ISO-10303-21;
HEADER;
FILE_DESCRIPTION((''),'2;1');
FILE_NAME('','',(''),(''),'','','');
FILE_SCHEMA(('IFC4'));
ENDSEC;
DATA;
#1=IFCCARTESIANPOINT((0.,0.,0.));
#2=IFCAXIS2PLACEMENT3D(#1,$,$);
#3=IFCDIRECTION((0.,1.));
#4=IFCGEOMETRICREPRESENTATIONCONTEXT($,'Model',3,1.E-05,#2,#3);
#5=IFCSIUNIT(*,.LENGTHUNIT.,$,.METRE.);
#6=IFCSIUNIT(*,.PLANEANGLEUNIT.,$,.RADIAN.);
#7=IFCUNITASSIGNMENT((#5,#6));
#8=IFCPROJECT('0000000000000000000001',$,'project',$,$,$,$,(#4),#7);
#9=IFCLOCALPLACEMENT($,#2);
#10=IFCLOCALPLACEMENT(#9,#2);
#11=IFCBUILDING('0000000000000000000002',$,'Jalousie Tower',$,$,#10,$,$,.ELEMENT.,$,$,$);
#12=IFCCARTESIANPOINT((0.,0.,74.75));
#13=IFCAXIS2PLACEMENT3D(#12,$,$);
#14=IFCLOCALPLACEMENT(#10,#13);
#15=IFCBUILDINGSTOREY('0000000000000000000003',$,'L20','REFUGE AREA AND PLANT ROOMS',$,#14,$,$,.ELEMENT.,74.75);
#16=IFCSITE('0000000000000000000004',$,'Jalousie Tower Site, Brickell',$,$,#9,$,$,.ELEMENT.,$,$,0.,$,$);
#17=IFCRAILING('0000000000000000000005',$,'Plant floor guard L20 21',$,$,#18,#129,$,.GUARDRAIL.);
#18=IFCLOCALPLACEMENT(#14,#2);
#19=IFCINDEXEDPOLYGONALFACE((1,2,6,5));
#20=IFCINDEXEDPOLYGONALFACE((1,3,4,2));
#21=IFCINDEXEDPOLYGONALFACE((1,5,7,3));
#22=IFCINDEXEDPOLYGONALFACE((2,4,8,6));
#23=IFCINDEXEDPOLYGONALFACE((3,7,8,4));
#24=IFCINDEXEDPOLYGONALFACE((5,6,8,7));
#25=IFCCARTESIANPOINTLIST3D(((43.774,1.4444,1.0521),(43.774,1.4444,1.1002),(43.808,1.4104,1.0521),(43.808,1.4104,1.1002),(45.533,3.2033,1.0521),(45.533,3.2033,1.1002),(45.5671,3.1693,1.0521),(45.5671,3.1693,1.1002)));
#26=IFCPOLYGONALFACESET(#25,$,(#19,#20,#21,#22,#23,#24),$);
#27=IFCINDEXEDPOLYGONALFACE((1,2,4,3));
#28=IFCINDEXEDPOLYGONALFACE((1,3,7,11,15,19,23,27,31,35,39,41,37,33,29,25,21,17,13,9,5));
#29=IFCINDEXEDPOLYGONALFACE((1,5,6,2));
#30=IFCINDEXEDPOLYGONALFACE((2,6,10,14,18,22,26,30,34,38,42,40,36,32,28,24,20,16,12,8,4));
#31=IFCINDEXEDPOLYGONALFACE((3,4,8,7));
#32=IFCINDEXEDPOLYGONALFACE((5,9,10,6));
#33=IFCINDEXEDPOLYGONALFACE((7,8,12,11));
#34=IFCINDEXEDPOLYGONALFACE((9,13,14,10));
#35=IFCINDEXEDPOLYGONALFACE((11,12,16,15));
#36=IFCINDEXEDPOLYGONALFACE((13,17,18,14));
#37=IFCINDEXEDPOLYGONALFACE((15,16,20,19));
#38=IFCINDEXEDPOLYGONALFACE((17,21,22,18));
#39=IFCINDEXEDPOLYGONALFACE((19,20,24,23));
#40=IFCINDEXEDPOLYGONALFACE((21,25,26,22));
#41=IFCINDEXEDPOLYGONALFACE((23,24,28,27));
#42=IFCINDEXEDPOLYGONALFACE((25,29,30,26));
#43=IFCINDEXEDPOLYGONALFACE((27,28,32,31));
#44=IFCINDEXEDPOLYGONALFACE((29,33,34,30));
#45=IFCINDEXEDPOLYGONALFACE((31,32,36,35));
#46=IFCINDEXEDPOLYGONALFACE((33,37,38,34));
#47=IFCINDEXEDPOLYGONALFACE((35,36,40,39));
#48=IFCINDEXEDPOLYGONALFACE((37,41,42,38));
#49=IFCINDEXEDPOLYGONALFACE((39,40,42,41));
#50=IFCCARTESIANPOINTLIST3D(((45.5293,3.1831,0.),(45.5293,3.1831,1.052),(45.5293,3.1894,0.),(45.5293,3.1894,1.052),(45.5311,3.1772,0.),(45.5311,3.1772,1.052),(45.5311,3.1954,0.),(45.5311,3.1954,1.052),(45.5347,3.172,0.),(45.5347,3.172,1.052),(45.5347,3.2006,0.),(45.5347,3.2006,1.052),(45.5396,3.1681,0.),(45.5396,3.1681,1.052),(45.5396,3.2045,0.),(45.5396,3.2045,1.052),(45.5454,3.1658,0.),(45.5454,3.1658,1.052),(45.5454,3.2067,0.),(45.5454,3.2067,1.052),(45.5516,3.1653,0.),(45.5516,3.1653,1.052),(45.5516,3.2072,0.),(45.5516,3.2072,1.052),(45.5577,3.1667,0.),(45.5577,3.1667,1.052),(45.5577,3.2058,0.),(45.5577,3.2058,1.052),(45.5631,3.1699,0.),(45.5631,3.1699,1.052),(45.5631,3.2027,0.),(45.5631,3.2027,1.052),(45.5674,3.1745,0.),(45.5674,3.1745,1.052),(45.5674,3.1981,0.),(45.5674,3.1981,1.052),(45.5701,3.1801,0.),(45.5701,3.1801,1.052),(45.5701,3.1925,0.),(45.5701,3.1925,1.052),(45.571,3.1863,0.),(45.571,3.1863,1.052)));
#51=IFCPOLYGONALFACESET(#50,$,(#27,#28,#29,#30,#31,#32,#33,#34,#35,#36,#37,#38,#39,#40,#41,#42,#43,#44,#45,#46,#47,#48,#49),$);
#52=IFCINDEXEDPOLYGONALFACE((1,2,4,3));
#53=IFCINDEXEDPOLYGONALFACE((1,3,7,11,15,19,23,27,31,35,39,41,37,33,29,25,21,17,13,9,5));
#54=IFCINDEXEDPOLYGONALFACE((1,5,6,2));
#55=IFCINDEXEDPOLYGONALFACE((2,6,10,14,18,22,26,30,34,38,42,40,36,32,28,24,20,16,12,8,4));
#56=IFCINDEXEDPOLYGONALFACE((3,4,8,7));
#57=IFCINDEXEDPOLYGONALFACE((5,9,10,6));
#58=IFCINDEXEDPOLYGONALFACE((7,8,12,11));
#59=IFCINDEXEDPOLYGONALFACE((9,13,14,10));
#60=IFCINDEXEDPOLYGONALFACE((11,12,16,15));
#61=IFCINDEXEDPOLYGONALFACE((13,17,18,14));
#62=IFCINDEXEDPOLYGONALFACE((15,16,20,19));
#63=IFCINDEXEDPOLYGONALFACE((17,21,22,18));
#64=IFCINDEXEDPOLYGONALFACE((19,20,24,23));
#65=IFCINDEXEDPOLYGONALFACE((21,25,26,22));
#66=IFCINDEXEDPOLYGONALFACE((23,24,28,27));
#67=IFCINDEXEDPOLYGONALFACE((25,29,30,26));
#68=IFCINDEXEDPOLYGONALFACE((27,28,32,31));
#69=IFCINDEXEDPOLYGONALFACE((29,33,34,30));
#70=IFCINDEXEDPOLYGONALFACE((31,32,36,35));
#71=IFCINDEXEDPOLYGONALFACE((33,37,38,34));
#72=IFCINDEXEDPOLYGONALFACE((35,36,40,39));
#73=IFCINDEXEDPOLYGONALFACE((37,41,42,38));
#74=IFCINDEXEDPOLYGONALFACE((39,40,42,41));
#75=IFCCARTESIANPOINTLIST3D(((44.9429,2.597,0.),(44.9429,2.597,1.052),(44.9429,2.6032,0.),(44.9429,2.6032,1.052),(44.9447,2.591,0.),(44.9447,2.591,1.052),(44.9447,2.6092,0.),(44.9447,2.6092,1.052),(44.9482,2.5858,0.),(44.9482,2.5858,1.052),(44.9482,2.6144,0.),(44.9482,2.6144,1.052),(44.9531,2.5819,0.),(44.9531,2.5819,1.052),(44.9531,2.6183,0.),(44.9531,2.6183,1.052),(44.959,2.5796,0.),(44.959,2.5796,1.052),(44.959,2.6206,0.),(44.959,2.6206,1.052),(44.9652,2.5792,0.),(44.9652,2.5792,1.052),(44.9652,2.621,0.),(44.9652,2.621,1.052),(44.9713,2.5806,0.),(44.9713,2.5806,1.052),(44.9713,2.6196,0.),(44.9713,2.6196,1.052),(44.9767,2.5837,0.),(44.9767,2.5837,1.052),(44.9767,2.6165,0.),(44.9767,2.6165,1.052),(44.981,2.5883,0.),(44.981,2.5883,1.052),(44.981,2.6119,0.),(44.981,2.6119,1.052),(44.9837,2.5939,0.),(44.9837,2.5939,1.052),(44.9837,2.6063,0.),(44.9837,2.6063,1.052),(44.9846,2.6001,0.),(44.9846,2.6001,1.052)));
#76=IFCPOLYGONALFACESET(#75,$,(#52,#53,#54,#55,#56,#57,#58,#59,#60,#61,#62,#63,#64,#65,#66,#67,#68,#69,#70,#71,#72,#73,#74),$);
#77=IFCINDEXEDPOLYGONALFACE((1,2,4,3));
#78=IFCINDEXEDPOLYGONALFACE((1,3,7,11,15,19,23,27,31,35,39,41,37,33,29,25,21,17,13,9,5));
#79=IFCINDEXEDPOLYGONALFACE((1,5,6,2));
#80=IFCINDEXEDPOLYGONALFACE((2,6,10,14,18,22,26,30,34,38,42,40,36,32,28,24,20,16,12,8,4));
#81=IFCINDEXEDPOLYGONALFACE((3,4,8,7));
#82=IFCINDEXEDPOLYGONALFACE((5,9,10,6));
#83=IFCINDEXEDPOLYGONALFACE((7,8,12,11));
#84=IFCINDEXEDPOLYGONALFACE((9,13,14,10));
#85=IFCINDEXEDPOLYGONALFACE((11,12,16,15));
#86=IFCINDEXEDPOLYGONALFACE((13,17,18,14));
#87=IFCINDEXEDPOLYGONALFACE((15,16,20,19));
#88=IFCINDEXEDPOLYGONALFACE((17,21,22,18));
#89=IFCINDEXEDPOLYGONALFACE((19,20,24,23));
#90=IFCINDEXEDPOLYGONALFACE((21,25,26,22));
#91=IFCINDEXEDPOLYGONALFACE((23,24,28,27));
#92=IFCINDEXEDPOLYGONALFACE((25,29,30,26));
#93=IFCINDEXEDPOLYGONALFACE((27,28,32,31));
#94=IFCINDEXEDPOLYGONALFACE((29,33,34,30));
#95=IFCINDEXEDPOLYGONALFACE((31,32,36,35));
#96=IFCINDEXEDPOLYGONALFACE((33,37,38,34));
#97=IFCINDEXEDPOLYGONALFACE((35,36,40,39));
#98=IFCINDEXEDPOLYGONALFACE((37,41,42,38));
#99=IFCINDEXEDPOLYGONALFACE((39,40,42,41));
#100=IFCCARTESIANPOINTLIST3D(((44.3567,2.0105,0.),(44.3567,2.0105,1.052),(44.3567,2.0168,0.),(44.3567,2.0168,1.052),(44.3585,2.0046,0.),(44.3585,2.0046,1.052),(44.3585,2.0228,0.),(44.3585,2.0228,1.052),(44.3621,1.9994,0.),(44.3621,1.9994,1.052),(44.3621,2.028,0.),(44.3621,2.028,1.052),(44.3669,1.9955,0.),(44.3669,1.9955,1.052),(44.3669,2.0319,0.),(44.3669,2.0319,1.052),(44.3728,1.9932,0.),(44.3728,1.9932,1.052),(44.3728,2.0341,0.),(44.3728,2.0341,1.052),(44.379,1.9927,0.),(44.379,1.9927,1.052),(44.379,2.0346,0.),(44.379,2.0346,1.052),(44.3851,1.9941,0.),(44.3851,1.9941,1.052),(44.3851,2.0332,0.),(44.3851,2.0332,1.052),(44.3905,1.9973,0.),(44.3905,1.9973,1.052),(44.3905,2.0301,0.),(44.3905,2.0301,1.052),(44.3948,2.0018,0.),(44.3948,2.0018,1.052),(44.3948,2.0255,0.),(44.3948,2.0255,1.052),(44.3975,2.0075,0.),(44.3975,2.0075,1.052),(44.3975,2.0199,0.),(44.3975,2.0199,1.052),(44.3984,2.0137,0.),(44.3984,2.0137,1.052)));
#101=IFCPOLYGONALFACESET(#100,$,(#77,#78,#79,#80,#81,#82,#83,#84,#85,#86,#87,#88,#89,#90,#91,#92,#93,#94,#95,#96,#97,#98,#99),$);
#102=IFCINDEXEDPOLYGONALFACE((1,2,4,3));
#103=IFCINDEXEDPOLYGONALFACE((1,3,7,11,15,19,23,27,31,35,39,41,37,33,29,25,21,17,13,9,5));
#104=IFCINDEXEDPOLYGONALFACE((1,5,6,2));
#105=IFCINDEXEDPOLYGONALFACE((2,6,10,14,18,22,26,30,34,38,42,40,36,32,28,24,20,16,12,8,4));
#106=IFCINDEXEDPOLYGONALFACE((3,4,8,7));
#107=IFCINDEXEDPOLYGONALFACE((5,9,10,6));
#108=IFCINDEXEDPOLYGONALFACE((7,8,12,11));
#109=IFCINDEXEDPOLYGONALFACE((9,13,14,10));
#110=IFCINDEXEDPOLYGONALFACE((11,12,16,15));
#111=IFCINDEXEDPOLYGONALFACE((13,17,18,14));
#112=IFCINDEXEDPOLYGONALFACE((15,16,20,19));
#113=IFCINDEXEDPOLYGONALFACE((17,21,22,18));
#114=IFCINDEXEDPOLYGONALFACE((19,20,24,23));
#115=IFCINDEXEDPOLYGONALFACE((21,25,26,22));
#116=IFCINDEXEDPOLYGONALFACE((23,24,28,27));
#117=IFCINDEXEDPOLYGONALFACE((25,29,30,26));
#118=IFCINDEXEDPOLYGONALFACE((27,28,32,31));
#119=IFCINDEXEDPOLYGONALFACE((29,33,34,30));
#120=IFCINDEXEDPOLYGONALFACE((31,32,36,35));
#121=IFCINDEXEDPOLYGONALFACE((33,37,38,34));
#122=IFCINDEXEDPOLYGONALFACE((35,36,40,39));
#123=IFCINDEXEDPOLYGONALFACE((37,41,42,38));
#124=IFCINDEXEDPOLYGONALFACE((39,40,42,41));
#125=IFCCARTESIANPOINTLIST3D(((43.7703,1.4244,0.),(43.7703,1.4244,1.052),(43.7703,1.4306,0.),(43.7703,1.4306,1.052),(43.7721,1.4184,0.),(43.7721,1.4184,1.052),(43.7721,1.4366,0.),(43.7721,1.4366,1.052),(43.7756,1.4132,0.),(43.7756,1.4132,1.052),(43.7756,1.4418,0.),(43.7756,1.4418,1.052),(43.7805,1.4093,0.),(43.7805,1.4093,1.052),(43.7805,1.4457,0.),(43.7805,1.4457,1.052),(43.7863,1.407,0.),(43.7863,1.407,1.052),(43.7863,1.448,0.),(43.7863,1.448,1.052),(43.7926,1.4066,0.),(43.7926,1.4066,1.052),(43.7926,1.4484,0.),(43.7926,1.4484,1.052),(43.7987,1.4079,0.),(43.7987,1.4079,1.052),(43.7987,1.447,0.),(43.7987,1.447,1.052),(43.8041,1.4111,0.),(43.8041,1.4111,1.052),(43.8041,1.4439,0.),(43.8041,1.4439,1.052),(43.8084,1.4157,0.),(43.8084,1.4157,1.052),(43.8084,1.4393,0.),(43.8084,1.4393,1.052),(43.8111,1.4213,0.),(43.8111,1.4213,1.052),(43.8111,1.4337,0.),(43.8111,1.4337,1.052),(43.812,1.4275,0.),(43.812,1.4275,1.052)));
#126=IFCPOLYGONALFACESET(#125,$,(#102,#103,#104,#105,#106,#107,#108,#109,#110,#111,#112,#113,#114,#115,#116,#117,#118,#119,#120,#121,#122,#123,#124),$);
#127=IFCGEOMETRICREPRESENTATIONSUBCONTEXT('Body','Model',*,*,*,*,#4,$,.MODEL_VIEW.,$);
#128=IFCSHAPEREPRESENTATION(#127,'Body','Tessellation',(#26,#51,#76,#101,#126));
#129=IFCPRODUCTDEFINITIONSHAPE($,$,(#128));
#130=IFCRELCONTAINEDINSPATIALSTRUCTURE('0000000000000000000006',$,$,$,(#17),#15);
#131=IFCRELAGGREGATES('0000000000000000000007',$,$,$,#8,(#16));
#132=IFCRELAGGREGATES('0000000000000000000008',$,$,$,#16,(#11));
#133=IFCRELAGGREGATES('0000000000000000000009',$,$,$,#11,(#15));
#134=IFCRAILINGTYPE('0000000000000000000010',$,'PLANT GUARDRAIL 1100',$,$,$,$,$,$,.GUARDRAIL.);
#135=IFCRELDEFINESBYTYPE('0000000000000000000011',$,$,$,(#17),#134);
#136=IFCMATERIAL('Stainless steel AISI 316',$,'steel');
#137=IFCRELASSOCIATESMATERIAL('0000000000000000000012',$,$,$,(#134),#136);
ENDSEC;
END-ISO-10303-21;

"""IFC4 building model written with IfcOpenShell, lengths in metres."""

from ifc_helpers import new_model, si_unit, direction, frame, origin, origin_2d, place, context, subcontext, project, spatial, rectangle, circle, extrude, material, type_object, element, save


model = new_model("IFC4")

# Units and contexts
model_context = context("Model", 3, precision=1e-05, world=origin(), true_north=direction((0.0, 1.0)))
body_context = subcontext(model_context, "Body", "Model", "MODEL_VIEW")
ifc_project = project(units=[si_unit("LENGTHUNIT", "METRE"), si_unit("PLANEANGLEUNIT", "RADIAN")], contexts=[model_context])

# Site, building, storey
site_placement = place(None, origin())
site = spatial("IfcSite", under=ifc_project, at=site_placement, Name="Jalousie Tower Site, Brickell", CompositionType="ELEMENT", RefElevation=0.0)
building_placement = place(site_placement, origin())
building = spatial("IfcBuilding", under=site, at=building_placement, Name="Jalousie Tower", CompositionType="ELEMENT")
storey_placement = place(building_placement, frame((0.0, 0.0, 74.75)))
storey = spatial("IfcBuildingStorey", under=building, at=storey_placement, Name="L20", Description="REFUGE AREA AND PLANT ROOMS", CompositionType="ELEMENT", Elevation=74.75)

# Railing
ifc_material_1 = material(Name="Stainless steel AISI 316", Category="steel")
railing_type_1 = type_object("IfcRailingType", Name="PLANT GUARDRAIL 1100", PredefinedType="GUARDRAIL", material=ifc_material_1)
railing_1_placement = place(storey_placement, frame((45.55, 3.1863, 0.0)))
element("IfcRailing", 1, at=railing_1_placement, inside=storey, type_object=railing_type_1, Name="Plant floor guard L20 21", PredefinedType="GUARDRAIL", context=body_context, shape_type="SweptSolid", body=[
    extrude(rectangle(XDim=0.0481, YDim=0.0481, at=origin_2d()), frame((0.0, 0.0, 1.0762), z_axis=(-0.707156, -0.707058, 0.0), x_axis=(0.707058, -0.707156, 0.0)), (0.0, 0.0, 1.0), 2.4875),
    extrude(circle(Radius=0.021, at=origin_2d()), origin(), (0.0, 0.0, 1.0), 1.052),
    extrude(circle(Radius=0.021, at=origin_2d()), frame((-0.5864, -0.5862, 0.0)), (0.0, 0.0, 1.0), 1.052),
    extrude(circle(Radius=0.021, at=origin_2d()), frame((-1.1726, -1.1726, 0.0)), (0.0, 0.0, 1.0), 1.052),
    extrude(circle(Radius=0.021, at=origin_2d()), frame((-1.759, -1.7588, 0.0)), (0.0, 0.0, 1.0), 1.052),
])

save(model, "model.ifc")
